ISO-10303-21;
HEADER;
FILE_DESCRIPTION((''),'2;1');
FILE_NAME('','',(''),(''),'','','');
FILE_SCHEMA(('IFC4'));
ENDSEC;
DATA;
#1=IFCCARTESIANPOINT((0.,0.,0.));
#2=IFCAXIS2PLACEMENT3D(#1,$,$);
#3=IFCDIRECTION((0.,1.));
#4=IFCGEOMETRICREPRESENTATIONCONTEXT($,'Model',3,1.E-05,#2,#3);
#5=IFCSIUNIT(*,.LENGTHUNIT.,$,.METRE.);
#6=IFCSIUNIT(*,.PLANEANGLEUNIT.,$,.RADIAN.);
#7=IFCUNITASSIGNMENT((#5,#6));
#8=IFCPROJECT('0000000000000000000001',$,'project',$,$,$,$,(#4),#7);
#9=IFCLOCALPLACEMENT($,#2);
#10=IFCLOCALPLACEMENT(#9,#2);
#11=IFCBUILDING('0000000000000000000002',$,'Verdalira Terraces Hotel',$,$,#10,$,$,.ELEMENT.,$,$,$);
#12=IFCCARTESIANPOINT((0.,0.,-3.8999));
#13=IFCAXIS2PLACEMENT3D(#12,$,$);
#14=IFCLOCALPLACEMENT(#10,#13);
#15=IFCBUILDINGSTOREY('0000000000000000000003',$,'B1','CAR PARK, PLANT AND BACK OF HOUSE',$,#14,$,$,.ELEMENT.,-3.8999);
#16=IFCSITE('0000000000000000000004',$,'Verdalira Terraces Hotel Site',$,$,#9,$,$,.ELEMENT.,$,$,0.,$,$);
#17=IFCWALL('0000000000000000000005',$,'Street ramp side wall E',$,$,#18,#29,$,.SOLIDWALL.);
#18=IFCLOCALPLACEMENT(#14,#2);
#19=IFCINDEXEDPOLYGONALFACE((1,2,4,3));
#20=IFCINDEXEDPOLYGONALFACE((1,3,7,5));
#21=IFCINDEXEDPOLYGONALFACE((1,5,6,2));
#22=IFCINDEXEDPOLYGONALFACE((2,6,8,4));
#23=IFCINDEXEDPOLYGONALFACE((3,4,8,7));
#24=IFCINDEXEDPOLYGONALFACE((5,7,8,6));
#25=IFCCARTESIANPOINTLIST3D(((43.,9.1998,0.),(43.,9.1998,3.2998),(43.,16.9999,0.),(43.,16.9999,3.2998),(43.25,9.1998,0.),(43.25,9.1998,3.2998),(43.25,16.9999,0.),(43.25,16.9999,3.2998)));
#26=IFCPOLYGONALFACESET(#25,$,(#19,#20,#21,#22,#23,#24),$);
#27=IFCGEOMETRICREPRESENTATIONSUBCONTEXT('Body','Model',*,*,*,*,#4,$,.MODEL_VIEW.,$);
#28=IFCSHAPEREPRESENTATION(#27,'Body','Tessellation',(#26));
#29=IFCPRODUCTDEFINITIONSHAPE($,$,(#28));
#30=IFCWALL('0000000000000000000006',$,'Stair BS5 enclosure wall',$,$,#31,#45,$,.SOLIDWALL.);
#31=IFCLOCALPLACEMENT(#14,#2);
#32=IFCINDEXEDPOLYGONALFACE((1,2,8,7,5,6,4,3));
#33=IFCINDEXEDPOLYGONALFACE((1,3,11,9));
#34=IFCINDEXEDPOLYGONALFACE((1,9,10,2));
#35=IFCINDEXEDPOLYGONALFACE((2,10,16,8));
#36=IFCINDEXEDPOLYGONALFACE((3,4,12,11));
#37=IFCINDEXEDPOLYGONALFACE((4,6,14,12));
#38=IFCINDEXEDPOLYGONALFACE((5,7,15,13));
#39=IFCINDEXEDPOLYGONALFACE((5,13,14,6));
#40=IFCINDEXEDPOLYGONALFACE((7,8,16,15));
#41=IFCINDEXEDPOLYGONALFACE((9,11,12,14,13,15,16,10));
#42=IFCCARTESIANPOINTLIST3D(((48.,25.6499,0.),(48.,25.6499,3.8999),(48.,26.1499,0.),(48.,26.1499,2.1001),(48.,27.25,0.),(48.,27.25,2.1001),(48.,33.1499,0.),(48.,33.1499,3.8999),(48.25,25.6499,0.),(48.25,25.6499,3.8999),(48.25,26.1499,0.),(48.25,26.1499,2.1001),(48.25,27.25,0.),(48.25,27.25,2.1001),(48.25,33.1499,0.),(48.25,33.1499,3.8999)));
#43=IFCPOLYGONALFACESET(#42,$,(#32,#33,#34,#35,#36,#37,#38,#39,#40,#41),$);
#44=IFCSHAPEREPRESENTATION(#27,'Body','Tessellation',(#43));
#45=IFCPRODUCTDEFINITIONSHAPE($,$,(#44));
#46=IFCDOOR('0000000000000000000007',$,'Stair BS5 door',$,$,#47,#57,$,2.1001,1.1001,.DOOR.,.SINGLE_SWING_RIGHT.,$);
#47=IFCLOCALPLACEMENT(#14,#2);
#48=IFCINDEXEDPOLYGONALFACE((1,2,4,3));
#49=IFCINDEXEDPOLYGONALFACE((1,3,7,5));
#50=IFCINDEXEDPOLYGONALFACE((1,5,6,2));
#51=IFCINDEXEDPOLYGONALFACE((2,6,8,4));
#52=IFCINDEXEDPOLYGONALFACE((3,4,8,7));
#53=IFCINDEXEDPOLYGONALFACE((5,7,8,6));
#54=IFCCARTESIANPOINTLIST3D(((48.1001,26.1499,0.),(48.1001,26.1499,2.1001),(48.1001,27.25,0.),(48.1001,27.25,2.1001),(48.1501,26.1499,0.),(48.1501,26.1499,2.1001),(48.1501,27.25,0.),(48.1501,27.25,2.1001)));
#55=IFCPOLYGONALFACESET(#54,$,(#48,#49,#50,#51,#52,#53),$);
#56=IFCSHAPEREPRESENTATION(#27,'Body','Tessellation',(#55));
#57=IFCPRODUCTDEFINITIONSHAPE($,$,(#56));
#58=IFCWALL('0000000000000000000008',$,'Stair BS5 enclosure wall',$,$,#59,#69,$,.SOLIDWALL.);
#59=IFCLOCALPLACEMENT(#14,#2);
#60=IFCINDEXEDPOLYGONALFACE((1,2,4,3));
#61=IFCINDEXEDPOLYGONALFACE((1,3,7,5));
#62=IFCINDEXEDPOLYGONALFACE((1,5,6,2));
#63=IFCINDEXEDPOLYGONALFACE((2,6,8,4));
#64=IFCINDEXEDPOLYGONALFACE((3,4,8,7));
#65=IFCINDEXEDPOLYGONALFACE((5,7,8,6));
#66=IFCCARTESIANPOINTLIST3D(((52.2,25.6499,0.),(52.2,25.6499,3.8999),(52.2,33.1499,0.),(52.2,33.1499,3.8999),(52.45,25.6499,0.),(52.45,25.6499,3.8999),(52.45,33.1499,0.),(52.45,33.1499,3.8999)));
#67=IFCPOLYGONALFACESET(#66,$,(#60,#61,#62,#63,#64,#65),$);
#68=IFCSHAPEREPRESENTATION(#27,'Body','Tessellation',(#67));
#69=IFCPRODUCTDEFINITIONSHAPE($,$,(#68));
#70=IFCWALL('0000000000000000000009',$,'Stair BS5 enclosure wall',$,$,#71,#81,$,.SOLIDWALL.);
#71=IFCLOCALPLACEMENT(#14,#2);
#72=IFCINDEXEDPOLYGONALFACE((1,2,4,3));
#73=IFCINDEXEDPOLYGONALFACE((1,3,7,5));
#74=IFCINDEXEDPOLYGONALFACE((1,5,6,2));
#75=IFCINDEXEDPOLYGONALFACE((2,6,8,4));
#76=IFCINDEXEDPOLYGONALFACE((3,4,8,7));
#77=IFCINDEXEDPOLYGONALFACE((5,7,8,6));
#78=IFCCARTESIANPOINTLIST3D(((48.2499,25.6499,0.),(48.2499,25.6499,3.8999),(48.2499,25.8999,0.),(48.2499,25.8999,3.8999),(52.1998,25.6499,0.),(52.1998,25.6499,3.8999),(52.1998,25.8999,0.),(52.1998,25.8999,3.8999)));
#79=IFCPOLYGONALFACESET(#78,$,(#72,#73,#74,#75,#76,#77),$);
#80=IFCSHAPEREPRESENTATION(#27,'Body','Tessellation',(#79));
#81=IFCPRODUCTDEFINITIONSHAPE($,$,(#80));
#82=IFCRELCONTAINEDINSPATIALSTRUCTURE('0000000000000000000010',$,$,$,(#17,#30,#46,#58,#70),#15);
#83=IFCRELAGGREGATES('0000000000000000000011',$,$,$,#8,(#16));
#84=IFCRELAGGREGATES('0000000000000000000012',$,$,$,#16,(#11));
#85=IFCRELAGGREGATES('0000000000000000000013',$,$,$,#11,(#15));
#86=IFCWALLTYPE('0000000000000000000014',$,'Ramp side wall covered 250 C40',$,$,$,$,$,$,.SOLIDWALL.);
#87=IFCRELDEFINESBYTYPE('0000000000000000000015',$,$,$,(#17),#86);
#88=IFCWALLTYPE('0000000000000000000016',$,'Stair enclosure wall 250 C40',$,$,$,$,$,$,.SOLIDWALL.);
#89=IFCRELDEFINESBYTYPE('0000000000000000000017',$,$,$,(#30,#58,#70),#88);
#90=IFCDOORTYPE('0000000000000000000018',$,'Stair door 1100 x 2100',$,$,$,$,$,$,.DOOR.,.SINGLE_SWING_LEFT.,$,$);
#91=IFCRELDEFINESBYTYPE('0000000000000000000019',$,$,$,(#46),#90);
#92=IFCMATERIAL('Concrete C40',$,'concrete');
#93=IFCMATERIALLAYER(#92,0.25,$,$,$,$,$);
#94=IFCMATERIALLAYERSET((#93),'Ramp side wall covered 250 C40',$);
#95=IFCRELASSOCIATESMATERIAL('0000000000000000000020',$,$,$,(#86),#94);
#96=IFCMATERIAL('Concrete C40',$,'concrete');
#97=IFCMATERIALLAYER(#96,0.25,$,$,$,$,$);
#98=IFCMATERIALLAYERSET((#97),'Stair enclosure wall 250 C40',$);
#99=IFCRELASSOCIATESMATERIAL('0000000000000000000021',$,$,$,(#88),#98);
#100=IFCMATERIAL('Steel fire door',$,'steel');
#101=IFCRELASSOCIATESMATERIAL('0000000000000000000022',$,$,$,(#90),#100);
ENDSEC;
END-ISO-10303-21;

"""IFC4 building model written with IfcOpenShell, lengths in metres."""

from ifc_helpers import new_model, si_unit, direction, frame, frame_2d, origin, place, context, subcontext, project, spatial, rectangle, extrude, material, layer, layer_set, type_object, element, fill, save


model = new_model("IFC4")

# Units and contexts
model_context = context("Model", 3, precision=1e-05, world=origin(), true_north=direction((0.0, 1.0)))
body_context = subcontext(model_context, "Body", "Model", "MODEL_VIEW")
ifc_project = project(units=[si_unit("LENGTHUNIT", "METRE"), si_unit("PLANEANGLEUNIT", "RADIAN")], contexts=[model_context])

# Site, building, storey
site_placement = place(None, origin())
site = spatial("IfcSite", under=ifc_project, at=site_placement, Name="Verdalira Terraces Hotel Site", CompositionType="ELEMENT", RefElevation=0.0)
building_placement = place(site_placement, origin())
building = spatial("IfcBuilding", under=site, at=building_placement, Name="Verdalira Terraces Hotel", CompositionType="ELEMENT")
storey_placement = place(building_placement, frame((0.0, 0.0, -3.8999)))
storey = spatial("IfcBuildingStorey", under=building, at=storey_placement, Name="B1", Description="CAR PARK, PLANT AND BACK OF HOUSE", CompositionType="ELEMENT", Elevation=-3.8999)

# Wall
ifc_material_1 = material(Name="Concrete C40", Category="concrete")
ifc_layer_1 = layer(ifc_material_1, 0.25)
ifc_layer_set_1 = layer_set([ifc_layer_1], Name="Ramp side wall covered 250 C40")
wall_type_1 = type_object("IfcWallType", Name="Ramp side wall covered 250 C40", PredefinedType="SOLIDWALL", material=ifc_layer_set_1)
for number, where, z_axis, x_axis, name in (
    (1, (43.125, 9.2, 0.0), (0.0, 0.0, 1.0), (0.0, 1.0, 0.0), "Street ramp side wall E"),
):
    element("IfcWall", number, at=place(storey_placement, frame(where, z_axis=z_axis, x_axis=x_axis)), inside=storey, type_object=wall_type_1, Name=name, PredefinedType="SOLIDWALL", context=body_context, shape_type="SweptSolid", body=[
        extrude(rectangle(XDim=7.8, YDim=0.25, at=frame_2d((3.8999, 0.0))), origin(), (0.0, 0.0, 1.0), 3.2998),
    ])

# Wall, opening, door
ifc_material_2 = material(Name="Concrete C40", Category="concrete")
ifc_layer_2 = layer(ifc_material_2, 0.25)
ifc_layer_set_2 = layer_set([ifc_layer_2], Name="Stair enclosure wall 250 C40")
wall_type_2 = type_object("IfcWallType", Name="Stair enclosure wall 250 C40", PredefinedType="SOLIDWALL", material=ifc_layer_set_2)
wall_1_placement = place(storey_placement, frame((48.125, 25.6499, 0.0), z_axis=(0.0, 0.0, 1.0), x_axis=(0.0, 1.0, 0.0)))
wall_1 = element("IfcWall", 2, at=wall_1_placement, inside=storey, type_object=wall_type_2, Name="Stair BS5 enclosure wall", PredefinedType="SOLIDWALL", context=body_context, shape_type="SweptSolid", body=[
    extrude(rectangle(XDim=7.5, YDim=0.25, at=frame_2d((3.75, 0.0))), origin(), (0.0, 0.0, 1.0), 3.8999),
])
opening_1_placement = place(wall_1_placement, frame((0.5, 0.0, 0.0)))
opening_1 = element("IfcOpeningElement", 3, at=opening_1_placement, cuts=wall_1, PredefinedType="OPENING", context=body_context, shape_type="SweptSolid", body=[
    extrude(rectangle(XDim=1.1001, YDim=2.1001, at=frame_2d((0.55, 1.05))), frame((0.0, 0.135, 0.0), z_axis=(0.0, -1.0, 0.0), x_axis=(1.0, 0.0, 0.0)), (0.0, 0.0, 1.0), 0.27),
])
ifc_material_3 = material(Name="Steel fire door", Category="steel")
door_type_1 = type_object("IfcDoorType", Name="Stair door 1100 x 2100", OperationType="SINGLE_SWING_LEFT", PredefinedType="DOOR", material=ifc_material_3)
door_1_placement = place(opening_1_placement, origin())
door_1 = element("IfcDoor", 4, at=door_1_placement, inside=storey, type_object=door_type_1, Name="Stair BS5 door", OperationType="SINGLE_SWING_RIGHT", OverallHeight=2.1001, OverallWidth=1.1001, PredefinedType="DOOR", context=body_context, shape_type="SweptSolid", body=[
    extrude(rectangle(XDim=1.1001, YDim=2.1001, at=frame_2d((0.55, 1.05))), frame((0.0, 0.0249, 0.0), z_axis=(0.0, -1.0, 0.0), x_axis=(1.0, 0.0, 0.0)), (0.0, 0.0, 1.0), 0.05),
])
fill(opening_1, door_1)

# Walls
wall_2_placement = place(storey_placement, frame((52.325, 25.6499, 0.0), z_axis=(0.0, 0.0, 1.0), x_axis=(0.0, 1.0, 0.0)))
element("IfcWall", 5, at=wall_2_placement, inside=storey, type_object=wall_type_2, Name="Stair BS5 enclosure wall", PredefinedType="SOLIDWALL", context=body_context, shape_type="SweptSolid", body=[
    extrude(rectangle(XDim=7.5, YDim=0.25, at=frame_2d((3.75, 0.0))), origin(), (0.0, 0.0, 1.0), 3.8999),
])
wall_3_placement = place(storey_placement, frame((52.2, 25.7749, 0.0), z_axis=(0.0, 0.0, 1.0), x_axis=(-1.0, 0.0, 0.0)))
element("IfcWall", 6, at=wall_3_placement, inside=storey, type_object=wall_type_2, Name="Stair BS5 enclosure wall", PredefinedType="SOLIDWALL", context=body_context, shape_type="SweptSolid", body=[
    extrude(rectangle(XDim=3.95, YDim=0.25, at=frame_2d((1.9751, 0.0))), origin(), (0.0, 0.0, 1.0), 3.8999),
])

save(model, "model.ifc")
